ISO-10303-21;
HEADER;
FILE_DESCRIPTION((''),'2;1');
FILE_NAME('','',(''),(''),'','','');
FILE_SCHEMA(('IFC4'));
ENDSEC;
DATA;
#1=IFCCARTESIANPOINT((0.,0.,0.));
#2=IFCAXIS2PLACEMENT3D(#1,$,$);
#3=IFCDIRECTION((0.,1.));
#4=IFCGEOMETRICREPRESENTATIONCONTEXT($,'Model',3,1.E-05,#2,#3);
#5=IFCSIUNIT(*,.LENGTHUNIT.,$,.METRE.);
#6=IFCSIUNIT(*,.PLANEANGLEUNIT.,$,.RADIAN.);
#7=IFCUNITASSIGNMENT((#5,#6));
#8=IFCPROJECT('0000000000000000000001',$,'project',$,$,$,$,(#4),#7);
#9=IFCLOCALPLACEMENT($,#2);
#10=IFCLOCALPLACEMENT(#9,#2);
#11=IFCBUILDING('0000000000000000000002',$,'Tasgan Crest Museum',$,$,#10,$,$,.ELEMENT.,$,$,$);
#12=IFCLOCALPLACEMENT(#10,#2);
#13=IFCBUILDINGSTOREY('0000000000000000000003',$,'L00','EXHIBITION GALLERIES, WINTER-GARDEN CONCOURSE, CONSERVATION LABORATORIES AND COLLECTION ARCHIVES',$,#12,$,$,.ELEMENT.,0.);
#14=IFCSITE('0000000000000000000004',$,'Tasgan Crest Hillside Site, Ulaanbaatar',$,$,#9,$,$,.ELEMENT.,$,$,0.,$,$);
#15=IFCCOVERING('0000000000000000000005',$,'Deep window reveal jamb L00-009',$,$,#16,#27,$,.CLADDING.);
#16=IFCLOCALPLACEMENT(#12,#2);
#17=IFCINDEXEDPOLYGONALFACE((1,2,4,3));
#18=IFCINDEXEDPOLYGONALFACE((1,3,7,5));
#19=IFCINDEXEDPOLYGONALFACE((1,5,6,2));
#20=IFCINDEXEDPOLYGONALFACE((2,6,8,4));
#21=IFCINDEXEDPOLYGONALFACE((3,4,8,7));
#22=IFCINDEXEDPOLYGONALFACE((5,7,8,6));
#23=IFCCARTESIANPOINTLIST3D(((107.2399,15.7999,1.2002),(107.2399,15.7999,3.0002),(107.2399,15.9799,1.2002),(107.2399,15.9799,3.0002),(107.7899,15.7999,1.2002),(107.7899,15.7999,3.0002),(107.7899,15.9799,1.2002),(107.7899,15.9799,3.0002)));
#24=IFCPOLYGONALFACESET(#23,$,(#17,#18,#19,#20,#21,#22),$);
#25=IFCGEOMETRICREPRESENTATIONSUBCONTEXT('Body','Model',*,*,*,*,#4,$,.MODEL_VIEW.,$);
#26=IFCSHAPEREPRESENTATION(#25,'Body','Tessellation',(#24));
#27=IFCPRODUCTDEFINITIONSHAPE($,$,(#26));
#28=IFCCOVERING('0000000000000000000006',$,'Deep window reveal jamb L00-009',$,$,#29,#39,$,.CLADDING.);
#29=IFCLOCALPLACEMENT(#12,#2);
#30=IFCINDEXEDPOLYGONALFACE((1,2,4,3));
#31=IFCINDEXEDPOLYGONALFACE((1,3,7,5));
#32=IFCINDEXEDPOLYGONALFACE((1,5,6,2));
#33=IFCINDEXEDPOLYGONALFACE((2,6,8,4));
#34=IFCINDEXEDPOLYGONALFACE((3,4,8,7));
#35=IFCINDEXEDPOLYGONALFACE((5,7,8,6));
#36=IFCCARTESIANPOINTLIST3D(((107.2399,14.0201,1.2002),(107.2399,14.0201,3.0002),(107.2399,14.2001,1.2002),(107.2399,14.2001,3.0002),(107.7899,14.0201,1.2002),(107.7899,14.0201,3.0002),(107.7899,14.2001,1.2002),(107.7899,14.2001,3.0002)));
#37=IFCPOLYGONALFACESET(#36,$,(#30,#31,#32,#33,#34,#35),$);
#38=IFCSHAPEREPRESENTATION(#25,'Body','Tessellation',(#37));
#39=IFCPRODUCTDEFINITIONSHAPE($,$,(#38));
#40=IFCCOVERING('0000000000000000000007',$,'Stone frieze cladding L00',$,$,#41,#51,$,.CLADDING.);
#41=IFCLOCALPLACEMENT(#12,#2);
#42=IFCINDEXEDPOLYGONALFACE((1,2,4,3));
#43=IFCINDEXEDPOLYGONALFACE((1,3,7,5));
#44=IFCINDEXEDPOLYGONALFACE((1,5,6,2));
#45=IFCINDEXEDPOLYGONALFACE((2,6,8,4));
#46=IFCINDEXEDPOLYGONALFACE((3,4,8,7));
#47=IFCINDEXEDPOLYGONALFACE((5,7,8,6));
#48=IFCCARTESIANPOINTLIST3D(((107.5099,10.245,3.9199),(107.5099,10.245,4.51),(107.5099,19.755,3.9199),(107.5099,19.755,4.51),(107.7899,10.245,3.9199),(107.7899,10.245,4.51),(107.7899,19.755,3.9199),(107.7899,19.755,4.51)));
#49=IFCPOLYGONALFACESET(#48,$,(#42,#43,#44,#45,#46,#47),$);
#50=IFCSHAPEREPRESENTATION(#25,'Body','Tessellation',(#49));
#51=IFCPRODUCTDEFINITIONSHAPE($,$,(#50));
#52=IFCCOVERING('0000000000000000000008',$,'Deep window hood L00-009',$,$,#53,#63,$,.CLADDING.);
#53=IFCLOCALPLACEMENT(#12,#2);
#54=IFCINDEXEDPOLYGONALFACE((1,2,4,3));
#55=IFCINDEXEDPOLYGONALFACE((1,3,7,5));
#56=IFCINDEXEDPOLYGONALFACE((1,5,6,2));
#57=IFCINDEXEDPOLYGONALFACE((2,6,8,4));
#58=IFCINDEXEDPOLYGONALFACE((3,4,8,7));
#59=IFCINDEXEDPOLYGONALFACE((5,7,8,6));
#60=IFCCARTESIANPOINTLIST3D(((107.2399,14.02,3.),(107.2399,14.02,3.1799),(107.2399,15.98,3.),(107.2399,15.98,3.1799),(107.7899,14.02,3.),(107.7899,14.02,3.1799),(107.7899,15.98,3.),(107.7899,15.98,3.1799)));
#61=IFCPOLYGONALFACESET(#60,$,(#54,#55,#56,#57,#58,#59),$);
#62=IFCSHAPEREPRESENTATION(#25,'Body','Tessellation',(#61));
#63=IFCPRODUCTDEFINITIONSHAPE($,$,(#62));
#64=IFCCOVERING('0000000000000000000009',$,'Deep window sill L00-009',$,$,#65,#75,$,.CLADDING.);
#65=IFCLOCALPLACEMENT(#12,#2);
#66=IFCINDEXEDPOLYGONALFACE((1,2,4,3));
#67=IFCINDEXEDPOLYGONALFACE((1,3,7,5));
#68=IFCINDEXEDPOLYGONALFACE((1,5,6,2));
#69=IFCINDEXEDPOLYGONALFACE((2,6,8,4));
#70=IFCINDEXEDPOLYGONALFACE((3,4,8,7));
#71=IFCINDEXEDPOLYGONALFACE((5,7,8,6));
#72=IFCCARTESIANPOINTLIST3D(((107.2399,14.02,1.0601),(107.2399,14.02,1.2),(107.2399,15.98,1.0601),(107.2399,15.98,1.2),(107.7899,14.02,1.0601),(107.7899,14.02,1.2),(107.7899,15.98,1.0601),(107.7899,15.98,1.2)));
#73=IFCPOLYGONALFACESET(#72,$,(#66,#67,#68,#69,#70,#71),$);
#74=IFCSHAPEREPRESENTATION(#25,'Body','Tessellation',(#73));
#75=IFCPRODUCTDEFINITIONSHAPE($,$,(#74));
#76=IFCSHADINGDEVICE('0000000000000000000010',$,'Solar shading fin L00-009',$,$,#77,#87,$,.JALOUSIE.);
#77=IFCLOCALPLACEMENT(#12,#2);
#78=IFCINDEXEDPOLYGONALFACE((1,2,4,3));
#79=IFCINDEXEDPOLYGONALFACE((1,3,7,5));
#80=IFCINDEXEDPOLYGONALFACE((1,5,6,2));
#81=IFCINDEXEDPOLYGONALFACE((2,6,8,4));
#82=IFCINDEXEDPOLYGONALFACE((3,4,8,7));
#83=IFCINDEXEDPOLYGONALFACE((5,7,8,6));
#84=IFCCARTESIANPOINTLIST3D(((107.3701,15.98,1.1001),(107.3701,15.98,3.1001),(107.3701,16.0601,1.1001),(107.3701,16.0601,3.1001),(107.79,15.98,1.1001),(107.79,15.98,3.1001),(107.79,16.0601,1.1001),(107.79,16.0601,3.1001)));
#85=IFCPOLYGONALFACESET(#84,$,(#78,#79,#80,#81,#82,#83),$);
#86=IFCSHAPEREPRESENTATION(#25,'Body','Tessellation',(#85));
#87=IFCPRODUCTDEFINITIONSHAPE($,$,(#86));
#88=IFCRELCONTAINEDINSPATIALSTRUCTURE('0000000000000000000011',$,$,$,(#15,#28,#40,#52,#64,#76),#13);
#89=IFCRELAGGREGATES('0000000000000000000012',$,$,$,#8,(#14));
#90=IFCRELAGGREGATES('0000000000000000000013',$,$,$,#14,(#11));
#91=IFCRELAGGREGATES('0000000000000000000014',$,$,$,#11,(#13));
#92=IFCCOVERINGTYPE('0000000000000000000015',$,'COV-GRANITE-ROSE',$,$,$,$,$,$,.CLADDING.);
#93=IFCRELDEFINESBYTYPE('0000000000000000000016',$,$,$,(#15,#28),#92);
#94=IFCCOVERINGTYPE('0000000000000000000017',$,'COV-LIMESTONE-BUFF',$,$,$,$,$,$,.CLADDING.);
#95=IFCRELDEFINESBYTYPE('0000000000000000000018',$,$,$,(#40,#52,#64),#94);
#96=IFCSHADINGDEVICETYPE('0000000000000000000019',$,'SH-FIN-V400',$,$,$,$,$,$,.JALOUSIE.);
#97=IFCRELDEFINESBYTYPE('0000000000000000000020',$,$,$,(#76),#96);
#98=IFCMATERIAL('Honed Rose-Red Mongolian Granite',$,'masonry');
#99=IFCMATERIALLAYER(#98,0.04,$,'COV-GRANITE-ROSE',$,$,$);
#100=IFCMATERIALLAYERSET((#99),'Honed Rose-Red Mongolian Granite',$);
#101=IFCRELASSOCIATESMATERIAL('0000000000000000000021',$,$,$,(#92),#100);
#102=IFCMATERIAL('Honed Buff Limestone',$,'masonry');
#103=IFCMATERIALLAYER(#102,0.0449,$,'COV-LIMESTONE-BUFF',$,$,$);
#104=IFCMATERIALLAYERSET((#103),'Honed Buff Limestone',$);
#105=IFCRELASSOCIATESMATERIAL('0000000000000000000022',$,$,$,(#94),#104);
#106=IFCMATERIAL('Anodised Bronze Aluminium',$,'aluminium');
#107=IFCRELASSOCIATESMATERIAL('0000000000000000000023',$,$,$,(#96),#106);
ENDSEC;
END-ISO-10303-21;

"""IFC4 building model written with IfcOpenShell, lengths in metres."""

from ifc_helpers import new_model, si_unit, direction, frame, origin, origin_2d, place, context, subcontext, project, spatial, rectangle, extrude, material, layer, layer_set, type_object, element, save


model = new_model("IFC4")

# Units and contexts
model_context = context("Model", 3, precision=1e-05, world=origin(), true_north=direction((0.0, 1.0)))
body_context = subcontext(model_context, "Body", "Model", "MODEL_VIEW")
ifc_project = project(units=[si_unit("LENGTHUNIT", "METRE"), si_unit("PLANEANGLEUNIT", "RADIAN")], contexts=[model_context])

# Site, building, storey
site_placement = place(None, origin())
site = spatial("IfcSite", under=ifc_project, at=site_placement, Name="Tasgan Crest Hillside Site, Ulaanbaatar", CompositionType="ELEMENT", RefElevation=0.0)
building_placement = place(site_placement, origin())
building = spatial("IfcBuilding", under=site, at=building_placement, Name="Tasgan Crest Museum", CompositionType="ELEMENT")
storey_placement = place(building_placement, origin())
storey = spatial("IfcBuildingStorey", under=building, at=storey_placement, Name="L00", Description="EXHIBITION GALLERIES, WINTER-GARDEN CONCOURSE, CONSERVATION LABORATORIES AND COLLECTION ARCHIVES", CompositionType="ELEMENT", Elevation=0.0)

# Coverings
ifc_material_1 = material(Name="Honed Rose-Red Mongolian Granite", Category="masonry")
ifc_layer_1 = layer(ifc_material_1, 0.04, Name="COV-GRANITE-ROSE")
ifc_layer_set_1 = layer_set([ifc_layer_1], Name="Honed Rose-Red Mongolian Granite")
covering_type_1 = type_object("IfcCoveringType", Name="COV-GRANITE-ROSE", PredefinedType="CLADDING", material=ifc_layer_set_1)
for number, where, z_axis, x_axis, name in (
    (1, (107.5149, 15.8899, 1.2002), (0.0, 0.0, 1.0), (0.0, -1.0, 0.0), "Deep window reveal jamb L00-009"),
    (2, (107.5149, 14.1101, 1.2002), (0.0, 0.0, 1.0), (0.0, -1.0, 0.0), "Deep window reveal jamb L00-009"),
):
    element("IfcCovering", number, at=place(storey_placement, frame(where, z_axis=z_axis, x_axis=x_axis)), inside=storey, type_object=covering_type_1, Name=name, PredefinedType="CLADDING", context=body_context, shape_type="SweptSolid", body=[
        extrude(rectangle(XDim=0.1799, YDim=0.55, at=origin_2d()), origin(), (0.0, 0.0, 1.0), 1.8),
    ])
ifc_material_2 = material(Name="Honed Buff Limestone", Category="masonry")
ifc_layer_2 = layer(ifc_material_2, 0.0449, Name="COV-LIMESTONE-BUFF")
ifc_layer_set_2 = layer_set([ifc_layer_2], Name="Honed Buff Limestone")
covering_type_2 = type_object("IfcCoveringType", Name="COV-LIMESTONE-BUFF", PredefinedType="CLADDING", material=ifc_layer_set_2)
covering_1_placement = place(storey_placement, frame((107.6499, 15.0, 3.9199), z_axis=(0.0, 0.0, 1.0), x_axis=(0.0, -1.0, 0.0)))
element("IfcCovering", 3, at=covering_1_placement, inside=storey, type_object=covering_type_2, Name="Stone frieze cladding L00", PredefinedType="CLADDING", context=body_context, shape_type="SweptSolid", body=[
    extrude(rectangle(XDim=9.51, YDim=0.28, at=origin_2d()), origin(), (0.0, 0.0, 1.0), 0.5901),
])
covering_2_placement = place(storey_placement, frame((107.5149, 15.0, 3.0), z_axis=(0.0, 0.0, 1.0), x_axis=(0.0, -1.0, 0.0)))
element("IfcCovering", 4, at=covering_2_placement, inside=storey, type_object=covering_type_2, Name="Deep window hood L00-009", PredefinedType="CLADDING", context=body_context, shape_type="SweptSolid", body=[
    extrude(rectangle(XDim=1.96, YDim=0.55, at=origin_2d()), origin(), (0.0, 0.0, 1.0), 0.1799),
])
covering_3_placement = place(storey_placement, frame((107.5149, 15.0, 1.0601), z_axis=(0.0, 0.0, 1.0), x_axis=(0.0, -1.0, 0.0)))
element("IfcCovering", 5, at=covering_3_placement, inside=storey, type_object=covering_type_2, Name="Deep window sill L00-009", PredefinedType="CLADDING", context=body_context, shape_type="SweptSolid", body=[
    extrude(rectangle(XDim=1.96, YDim=0.55, at=origin_2d()), origin(), (0.0, 0.0, 1.0), 0.1399),
])

# Shading device
ifc_material_3 = material(Name="Anodised Bronze Aluminium", Category="aluminium")
shading_device_type = type_object("IfcShadingDeviceType", Name="SH-FIN-V400", PredefinedType="JALOUSIE", material=ifc_material_3)
shading_device_placement = place(storey_placement, frame((107.5801, 16.02, 1.1001), z_axis=(0.0, 0.0, 1.0), x_axis=(0.0, -1.0, 0.0)))
element("IfcShadingDevice", 6, at=shading_device_placement, inside=storey, type_object=shading_device_type, Name="Solar shading fin L00-009", PredefinedType="JALOUSIE", context=body_context, shape_type="SweptSolid", body=[
    extrude(rectangle(XDim=0.0801, YDim=0.4199, at=origin_2d()), origin(), (0.0, 0.0, 1.0), 2.0),
])

save(model, "model.ifc")
